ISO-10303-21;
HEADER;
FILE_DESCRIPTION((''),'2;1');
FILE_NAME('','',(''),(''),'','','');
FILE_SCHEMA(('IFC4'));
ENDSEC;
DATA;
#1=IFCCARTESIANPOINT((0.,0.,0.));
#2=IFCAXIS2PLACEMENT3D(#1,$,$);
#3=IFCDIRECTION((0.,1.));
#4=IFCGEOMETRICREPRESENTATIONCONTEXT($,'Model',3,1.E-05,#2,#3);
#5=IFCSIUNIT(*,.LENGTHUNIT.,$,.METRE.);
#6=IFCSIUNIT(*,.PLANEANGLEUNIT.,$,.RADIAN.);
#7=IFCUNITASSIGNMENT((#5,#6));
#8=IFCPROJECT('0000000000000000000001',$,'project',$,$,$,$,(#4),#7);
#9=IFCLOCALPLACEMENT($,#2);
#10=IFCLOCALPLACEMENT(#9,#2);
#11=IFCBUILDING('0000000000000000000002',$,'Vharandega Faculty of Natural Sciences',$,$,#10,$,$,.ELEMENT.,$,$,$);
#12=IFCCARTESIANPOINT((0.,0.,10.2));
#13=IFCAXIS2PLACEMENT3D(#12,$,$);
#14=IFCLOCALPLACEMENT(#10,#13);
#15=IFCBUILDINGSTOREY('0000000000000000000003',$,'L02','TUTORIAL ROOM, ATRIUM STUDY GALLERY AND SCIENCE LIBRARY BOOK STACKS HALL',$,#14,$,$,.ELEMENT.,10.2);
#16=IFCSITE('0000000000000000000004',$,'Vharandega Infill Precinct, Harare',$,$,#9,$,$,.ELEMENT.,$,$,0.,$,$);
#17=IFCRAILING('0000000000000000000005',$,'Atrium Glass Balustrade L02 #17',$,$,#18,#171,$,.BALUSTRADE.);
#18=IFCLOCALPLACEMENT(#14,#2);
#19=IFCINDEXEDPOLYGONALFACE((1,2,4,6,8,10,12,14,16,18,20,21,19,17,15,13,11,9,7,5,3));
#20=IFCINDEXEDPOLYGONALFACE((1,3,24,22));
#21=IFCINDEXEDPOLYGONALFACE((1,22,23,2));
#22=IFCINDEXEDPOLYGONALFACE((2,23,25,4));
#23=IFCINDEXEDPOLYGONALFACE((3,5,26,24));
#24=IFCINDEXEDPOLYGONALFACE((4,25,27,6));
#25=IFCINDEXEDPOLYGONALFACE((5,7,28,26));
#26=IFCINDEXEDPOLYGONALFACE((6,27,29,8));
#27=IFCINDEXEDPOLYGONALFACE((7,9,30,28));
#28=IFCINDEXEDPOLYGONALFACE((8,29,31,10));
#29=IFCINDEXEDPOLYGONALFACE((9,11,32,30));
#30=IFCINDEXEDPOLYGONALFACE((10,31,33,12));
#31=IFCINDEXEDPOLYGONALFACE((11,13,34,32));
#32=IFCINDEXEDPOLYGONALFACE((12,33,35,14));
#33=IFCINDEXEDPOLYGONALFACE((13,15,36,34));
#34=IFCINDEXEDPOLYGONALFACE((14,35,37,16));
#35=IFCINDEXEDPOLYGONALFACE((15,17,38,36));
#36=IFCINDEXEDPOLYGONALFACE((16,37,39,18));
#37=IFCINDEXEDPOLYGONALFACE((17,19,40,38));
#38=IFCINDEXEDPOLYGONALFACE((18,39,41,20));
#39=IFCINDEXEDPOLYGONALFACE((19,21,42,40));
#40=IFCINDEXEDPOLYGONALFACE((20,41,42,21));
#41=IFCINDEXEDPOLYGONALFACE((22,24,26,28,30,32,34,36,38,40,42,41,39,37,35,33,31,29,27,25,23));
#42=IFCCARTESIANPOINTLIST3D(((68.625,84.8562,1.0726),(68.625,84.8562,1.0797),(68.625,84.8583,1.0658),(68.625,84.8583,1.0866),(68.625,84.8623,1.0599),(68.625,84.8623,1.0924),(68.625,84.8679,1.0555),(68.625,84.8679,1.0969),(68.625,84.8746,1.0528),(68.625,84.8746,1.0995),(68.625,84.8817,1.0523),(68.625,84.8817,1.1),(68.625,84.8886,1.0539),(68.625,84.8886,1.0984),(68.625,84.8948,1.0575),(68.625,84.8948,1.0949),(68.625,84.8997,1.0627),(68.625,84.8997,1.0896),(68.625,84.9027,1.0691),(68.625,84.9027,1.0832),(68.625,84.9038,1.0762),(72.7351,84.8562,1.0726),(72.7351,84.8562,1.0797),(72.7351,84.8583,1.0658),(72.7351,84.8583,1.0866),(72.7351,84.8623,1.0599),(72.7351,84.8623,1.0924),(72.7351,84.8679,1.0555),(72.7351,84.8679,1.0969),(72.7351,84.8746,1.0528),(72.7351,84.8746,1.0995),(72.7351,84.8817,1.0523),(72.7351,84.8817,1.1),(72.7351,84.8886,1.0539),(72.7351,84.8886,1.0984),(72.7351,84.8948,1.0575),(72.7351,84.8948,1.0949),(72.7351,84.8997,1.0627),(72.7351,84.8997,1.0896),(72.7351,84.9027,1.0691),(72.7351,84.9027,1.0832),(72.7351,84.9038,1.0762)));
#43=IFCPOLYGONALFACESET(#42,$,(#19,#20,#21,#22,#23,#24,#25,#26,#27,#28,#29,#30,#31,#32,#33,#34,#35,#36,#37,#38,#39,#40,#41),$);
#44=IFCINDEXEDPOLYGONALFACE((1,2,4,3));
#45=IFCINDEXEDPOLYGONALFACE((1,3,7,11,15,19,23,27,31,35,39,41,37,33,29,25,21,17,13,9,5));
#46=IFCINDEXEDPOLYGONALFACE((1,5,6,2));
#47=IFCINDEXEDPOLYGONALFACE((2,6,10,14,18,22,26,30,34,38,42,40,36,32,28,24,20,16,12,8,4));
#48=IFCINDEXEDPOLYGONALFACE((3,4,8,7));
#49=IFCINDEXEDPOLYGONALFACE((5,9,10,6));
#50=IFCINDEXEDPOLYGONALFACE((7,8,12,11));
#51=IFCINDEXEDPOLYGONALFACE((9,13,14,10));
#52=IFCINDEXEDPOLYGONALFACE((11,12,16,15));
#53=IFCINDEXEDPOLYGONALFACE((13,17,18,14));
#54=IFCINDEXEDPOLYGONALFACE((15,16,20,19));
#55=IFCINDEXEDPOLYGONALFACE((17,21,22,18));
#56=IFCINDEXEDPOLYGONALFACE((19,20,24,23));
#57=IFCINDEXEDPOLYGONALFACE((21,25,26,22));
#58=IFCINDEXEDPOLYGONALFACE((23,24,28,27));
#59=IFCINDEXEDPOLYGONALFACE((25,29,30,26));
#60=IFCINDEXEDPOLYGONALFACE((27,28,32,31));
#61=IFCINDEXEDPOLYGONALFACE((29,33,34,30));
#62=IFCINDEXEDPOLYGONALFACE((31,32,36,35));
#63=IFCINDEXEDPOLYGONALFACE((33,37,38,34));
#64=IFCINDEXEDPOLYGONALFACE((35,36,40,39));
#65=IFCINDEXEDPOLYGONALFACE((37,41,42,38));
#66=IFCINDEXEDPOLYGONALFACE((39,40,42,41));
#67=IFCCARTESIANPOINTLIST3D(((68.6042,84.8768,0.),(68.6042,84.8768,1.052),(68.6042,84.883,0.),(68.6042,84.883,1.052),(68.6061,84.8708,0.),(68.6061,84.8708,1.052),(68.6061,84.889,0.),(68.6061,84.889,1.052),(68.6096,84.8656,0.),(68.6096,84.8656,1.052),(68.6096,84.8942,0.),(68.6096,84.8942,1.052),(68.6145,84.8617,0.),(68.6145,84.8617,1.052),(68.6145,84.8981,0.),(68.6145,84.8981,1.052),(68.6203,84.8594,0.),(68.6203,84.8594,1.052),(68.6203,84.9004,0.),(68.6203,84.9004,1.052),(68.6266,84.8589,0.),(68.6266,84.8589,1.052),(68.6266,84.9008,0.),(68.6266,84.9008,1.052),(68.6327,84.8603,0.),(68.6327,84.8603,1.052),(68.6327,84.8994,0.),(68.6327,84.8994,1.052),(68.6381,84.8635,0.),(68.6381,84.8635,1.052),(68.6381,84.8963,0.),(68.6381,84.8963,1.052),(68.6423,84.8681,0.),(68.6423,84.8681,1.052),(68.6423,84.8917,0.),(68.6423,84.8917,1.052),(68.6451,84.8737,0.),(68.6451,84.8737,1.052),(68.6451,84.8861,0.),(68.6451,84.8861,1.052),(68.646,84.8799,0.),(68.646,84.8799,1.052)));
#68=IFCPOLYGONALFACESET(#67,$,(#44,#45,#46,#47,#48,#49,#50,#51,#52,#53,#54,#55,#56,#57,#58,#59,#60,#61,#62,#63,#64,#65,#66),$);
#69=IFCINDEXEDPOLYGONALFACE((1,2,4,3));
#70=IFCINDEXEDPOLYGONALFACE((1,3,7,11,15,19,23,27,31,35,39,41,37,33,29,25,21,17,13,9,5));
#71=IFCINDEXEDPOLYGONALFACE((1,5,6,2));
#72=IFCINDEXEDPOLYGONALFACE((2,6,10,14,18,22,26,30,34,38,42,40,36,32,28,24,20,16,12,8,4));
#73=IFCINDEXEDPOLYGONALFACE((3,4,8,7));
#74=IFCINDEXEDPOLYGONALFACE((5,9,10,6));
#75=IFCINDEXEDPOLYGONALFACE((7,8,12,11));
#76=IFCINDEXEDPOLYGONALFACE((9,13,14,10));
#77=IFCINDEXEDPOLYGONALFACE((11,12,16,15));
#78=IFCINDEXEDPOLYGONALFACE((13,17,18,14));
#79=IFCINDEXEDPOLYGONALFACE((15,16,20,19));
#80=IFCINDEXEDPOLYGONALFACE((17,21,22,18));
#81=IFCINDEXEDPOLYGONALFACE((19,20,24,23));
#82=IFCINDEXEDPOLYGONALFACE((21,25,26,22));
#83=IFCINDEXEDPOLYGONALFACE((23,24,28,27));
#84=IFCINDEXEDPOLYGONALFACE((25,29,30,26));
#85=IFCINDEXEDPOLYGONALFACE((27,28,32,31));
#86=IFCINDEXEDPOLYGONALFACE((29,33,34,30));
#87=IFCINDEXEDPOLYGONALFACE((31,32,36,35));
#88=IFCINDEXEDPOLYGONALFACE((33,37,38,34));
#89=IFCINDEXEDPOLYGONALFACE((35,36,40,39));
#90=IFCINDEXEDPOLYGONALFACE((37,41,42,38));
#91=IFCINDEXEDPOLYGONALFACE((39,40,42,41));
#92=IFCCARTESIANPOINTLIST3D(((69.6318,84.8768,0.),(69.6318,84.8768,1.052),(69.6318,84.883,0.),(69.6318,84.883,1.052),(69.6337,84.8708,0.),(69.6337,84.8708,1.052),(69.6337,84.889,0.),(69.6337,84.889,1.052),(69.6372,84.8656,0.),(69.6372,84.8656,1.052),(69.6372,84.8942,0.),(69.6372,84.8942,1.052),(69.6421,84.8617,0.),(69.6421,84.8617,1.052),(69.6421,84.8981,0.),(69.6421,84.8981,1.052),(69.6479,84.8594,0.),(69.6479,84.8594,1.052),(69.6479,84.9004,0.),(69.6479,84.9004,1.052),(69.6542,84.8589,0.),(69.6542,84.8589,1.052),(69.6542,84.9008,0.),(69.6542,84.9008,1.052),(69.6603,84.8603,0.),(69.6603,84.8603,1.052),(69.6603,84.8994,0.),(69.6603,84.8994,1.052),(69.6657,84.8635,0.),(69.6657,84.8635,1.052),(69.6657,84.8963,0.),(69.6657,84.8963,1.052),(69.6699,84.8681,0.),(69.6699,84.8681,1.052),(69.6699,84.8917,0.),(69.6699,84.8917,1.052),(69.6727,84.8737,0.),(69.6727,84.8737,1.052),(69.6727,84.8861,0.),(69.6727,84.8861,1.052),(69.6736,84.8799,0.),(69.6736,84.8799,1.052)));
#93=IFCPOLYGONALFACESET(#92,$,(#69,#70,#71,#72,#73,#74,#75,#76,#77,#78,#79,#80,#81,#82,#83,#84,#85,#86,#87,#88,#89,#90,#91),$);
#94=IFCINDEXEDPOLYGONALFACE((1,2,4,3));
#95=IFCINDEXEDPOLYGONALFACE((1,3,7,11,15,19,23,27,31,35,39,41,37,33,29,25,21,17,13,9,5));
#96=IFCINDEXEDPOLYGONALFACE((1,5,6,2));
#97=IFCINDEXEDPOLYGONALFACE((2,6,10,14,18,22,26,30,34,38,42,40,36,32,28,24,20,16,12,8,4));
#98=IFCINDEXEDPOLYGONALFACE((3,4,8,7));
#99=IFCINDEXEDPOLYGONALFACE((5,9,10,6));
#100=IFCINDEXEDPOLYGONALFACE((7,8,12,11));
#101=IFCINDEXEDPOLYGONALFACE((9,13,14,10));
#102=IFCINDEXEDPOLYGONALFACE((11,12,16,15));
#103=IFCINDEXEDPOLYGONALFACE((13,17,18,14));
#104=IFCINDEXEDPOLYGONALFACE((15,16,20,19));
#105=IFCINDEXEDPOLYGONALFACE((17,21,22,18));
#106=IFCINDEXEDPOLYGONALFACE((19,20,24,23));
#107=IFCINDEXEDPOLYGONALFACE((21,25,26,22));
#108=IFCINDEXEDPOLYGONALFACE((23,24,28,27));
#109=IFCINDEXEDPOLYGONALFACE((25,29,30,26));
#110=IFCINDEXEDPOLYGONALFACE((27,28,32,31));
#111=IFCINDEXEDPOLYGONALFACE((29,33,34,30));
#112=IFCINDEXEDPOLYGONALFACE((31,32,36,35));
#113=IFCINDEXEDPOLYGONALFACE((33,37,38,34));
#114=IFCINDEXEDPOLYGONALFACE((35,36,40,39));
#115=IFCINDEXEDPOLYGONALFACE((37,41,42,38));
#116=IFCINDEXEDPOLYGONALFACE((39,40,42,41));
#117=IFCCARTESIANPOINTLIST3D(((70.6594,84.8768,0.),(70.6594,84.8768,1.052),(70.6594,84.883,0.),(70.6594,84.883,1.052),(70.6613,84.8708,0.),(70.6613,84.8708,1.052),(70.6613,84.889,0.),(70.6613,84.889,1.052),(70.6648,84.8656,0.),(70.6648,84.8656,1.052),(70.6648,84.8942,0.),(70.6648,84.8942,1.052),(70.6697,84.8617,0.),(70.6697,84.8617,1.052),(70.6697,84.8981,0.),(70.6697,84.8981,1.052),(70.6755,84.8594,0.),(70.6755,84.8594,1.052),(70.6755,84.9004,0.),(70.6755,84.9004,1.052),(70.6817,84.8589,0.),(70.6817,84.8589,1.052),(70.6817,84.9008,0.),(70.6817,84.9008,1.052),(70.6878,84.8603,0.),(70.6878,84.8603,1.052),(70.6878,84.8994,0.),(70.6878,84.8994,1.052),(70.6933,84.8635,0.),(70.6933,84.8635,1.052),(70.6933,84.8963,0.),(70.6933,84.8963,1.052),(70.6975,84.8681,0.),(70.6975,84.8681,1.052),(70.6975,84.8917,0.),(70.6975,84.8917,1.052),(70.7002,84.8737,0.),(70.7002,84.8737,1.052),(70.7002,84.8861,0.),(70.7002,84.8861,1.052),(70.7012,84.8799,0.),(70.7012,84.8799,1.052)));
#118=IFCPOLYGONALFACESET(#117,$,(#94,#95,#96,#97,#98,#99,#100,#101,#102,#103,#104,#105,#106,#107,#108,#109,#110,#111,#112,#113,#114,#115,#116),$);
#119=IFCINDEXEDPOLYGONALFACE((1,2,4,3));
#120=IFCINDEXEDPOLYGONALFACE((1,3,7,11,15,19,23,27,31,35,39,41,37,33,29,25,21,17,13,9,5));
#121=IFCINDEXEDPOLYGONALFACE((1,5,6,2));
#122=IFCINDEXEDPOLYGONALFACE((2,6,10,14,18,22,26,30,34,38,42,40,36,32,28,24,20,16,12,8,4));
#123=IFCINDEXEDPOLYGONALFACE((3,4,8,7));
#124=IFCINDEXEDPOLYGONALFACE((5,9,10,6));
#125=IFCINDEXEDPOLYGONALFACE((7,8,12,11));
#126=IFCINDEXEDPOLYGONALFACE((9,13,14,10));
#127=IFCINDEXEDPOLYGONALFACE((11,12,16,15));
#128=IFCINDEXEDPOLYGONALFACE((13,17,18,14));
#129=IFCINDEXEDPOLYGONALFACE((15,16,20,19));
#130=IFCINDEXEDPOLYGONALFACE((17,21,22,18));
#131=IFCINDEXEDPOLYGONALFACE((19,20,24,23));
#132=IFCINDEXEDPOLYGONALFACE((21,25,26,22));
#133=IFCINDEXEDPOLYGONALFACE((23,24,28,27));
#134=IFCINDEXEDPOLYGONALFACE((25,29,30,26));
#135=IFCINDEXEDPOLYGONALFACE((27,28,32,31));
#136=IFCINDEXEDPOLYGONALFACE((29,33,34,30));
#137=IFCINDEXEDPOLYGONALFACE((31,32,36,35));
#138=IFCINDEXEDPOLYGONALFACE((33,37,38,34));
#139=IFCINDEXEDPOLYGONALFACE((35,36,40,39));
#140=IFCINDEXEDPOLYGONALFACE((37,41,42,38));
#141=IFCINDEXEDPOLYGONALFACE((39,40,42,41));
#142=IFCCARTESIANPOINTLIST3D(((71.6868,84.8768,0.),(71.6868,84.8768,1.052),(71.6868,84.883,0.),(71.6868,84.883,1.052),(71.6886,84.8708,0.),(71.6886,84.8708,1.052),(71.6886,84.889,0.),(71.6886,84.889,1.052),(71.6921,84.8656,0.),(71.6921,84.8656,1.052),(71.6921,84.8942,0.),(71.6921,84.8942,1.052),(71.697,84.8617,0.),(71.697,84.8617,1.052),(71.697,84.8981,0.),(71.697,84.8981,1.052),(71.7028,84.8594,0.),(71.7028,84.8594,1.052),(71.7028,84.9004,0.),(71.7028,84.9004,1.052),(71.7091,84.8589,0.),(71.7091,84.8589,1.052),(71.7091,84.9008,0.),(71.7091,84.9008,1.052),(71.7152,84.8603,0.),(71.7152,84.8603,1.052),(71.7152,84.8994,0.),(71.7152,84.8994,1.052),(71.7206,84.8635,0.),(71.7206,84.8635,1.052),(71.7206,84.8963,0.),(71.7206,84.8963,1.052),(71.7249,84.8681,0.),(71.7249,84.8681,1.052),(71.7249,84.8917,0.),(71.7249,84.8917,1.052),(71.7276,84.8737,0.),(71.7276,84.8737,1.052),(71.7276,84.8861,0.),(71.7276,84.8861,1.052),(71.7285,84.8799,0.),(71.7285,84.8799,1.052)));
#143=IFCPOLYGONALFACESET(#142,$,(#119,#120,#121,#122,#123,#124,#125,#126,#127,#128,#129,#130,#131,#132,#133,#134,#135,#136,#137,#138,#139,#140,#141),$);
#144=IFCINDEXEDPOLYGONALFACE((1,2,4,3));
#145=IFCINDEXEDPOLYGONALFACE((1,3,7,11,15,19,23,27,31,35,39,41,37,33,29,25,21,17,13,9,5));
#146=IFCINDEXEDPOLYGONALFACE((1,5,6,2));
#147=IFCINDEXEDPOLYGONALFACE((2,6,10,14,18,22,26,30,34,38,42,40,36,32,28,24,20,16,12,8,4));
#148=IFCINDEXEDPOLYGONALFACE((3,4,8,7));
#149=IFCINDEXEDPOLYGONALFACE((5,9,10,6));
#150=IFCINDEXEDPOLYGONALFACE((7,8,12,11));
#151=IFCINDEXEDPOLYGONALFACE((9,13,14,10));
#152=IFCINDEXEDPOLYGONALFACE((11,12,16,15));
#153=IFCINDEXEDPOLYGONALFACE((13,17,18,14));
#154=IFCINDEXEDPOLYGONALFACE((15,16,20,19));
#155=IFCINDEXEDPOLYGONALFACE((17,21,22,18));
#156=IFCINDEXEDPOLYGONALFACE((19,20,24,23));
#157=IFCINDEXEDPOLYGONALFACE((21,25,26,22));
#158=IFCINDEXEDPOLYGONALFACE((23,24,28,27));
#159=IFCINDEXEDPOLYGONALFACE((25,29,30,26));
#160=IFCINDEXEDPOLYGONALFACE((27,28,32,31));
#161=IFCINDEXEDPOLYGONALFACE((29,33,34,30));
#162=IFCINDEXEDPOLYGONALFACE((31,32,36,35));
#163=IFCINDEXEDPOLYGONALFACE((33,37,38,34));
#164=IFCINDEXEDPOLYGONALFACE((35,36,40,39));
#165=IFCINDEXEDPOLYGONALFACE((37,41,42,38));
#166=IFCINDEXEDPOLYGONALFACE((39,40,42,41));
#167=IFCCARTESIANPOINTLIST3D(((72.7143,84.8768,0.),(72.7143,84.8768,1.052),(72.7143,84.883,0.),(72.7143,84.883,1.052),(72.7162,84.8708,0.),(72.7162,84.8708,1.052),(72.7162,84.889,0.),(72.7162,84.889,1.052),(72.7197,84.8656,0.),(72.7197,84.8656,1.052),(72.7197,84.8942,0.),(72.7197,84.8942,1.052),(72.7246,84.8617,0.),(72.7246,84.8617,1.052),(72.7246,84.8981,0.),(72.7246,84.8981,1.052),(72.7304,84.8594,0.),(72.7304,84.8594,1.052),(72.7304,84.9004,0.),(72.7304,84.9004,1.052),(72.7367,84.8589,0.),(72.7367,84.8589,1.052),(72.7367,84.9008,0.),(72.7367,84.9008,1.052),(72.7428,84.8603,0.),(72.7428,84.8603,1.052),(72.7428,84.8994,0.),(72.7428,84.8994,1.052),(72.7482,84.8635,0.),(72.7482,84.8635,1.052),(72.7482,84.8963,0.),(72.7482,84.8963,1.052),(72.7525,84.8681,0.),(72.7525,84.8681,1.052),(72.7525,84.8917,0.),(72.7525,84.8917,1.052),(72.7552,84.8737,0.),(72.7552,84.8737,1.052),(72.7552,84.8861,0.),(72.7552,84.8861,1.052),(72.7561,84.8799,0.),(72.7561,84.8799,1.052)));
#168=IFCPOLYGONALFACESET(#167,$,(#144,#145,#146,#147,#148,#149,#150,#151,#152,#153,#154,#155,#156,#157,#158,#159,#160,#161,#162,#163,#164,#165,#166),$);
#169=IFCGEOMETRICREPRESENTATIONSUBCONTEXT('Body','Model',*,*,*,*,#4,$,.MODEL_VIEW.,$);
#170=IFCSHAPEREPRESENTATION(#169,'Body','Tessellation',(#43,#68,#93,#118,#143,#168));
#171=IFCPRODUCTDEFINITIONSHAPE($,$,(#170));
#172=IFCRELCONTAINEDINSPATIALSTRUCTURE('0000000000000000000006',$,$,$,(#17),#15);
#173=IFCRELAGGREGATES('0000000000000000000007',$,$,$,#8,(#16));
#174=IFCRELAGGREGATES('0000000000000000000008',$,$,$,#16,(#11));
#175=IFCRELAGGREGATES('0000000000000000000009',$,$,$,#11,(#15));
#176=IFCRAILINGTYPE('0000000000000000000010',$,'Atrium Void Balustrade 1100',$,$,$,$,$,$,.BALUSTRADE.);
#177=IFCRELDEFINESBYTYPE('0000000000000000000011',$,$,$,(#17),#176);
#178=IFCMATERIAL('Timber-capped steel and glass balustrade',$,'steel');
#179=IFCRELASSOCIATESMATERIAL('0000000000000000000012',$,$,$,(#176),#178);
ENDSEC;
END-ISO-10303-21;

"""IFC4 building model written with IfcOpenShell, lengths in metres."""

from ifc_helpers import new_model, si_unit, direction, frame, origin, origin_2d, place, context, subcontext, project, spatial, circle, extrude, material, type_object, element, save


model = new_model("IFC4")

# Units and contexts
model_context = context("Model", 3, precision=1e-05, world=origin(), true_north=direction((0.0, 1.0)))
body_context = subcontext(model_context, "Body", "Model", "MODEL_VIEW")
ifc_project = project(units=[si_unit("LENGTHUNIT", "METRE"), si_unit("PLANEANGLEUNIT", "RADIAN")], contexts=[model_context])

# Site, building, storey
site_placement = place(None, origin())
site = spatial("IfcSite", under=ifc_project, at=site_placement, Name="Vharandega Infill Precinct, Harare", CompositionType="ELEMENT", RefElevation=0.0)
building_placement = place(site_placement, origin())
building = spatial("IfcBuilding", under=site, at=building_placement, Name="Vharandega Faculty of Natural Sciences", CompositionType="ELEMENT")
storey_placement = place(building_placement, frame((0.0, 0.0, 10.2)))
storey = spatial("IfcBuildingStorey", under=building, at=storey_placement, Name="L02", Description="TUTORIAL ROOM, ATRIUM STUDY GALLERY AND SCIENCE LIBRARY BOOK STACKS HALL", CompositionType="ELEMENT", Elevation=10.2)

# Railing
ifc_material_1 = material(Name="Timber-capped steel and glass balustrade", Category="steel")
railing_type = type_object("IfcRailingType", Name="Atrium Void Balustrade 1100", PredefinedType="BALUSTRADE", material=ifc_material_1)
for number, where, name in (
    (1, (68.625, 84.8799, 0.0), "Atrium Glass Balustrade L02 #17"),
):
    element("IfcRailing", number, at=place(storey_placement, frame(where)), inside=storey, type_object=railing_type, Name=name, PredefinedType="BALUSTRADE", context=body_context, shape_type="SweptSolid", body=[
        extrude(circle(Radius=0.0239, at=origin_2d()), frame((0.0, 0.0, 1.0762), z_axis=(1.0, 0.0, 0.0), x_axis=(0.0, 1.0, 0.0)), (0.0, 0.0, 1.0), 4.1101),
        extrude(circle(Radius=0.021, at=origin_2d()), origin(), (0.0, 0.0, 1.0), 1.052),
        extrude(circle(Radius=0.021, at=origin_2d()), frame((1.0276, 0.0, 0.0)), (0.0, 0.0, 1.0), 1.052),
        extrude(circle(Radius=0.021, at=origin_2d()), frame((2.0552, 0.0, 0.0)), (0.0, 0.0, 1.0), 1.052),
        extrude(circle(Radius=0.021, at=origin_2d()), frame((3.0825, 0.0, 0.0)), (0.0, 0.0, 1.0), 1.052),
        extrude(circle(Radius=0.021, at=origin_2d()), frame((4.1101, 0.0, 0.0)), (0.0, 0.0, 1.0), 1.052),
    ])

save(model, "model.ifc")
